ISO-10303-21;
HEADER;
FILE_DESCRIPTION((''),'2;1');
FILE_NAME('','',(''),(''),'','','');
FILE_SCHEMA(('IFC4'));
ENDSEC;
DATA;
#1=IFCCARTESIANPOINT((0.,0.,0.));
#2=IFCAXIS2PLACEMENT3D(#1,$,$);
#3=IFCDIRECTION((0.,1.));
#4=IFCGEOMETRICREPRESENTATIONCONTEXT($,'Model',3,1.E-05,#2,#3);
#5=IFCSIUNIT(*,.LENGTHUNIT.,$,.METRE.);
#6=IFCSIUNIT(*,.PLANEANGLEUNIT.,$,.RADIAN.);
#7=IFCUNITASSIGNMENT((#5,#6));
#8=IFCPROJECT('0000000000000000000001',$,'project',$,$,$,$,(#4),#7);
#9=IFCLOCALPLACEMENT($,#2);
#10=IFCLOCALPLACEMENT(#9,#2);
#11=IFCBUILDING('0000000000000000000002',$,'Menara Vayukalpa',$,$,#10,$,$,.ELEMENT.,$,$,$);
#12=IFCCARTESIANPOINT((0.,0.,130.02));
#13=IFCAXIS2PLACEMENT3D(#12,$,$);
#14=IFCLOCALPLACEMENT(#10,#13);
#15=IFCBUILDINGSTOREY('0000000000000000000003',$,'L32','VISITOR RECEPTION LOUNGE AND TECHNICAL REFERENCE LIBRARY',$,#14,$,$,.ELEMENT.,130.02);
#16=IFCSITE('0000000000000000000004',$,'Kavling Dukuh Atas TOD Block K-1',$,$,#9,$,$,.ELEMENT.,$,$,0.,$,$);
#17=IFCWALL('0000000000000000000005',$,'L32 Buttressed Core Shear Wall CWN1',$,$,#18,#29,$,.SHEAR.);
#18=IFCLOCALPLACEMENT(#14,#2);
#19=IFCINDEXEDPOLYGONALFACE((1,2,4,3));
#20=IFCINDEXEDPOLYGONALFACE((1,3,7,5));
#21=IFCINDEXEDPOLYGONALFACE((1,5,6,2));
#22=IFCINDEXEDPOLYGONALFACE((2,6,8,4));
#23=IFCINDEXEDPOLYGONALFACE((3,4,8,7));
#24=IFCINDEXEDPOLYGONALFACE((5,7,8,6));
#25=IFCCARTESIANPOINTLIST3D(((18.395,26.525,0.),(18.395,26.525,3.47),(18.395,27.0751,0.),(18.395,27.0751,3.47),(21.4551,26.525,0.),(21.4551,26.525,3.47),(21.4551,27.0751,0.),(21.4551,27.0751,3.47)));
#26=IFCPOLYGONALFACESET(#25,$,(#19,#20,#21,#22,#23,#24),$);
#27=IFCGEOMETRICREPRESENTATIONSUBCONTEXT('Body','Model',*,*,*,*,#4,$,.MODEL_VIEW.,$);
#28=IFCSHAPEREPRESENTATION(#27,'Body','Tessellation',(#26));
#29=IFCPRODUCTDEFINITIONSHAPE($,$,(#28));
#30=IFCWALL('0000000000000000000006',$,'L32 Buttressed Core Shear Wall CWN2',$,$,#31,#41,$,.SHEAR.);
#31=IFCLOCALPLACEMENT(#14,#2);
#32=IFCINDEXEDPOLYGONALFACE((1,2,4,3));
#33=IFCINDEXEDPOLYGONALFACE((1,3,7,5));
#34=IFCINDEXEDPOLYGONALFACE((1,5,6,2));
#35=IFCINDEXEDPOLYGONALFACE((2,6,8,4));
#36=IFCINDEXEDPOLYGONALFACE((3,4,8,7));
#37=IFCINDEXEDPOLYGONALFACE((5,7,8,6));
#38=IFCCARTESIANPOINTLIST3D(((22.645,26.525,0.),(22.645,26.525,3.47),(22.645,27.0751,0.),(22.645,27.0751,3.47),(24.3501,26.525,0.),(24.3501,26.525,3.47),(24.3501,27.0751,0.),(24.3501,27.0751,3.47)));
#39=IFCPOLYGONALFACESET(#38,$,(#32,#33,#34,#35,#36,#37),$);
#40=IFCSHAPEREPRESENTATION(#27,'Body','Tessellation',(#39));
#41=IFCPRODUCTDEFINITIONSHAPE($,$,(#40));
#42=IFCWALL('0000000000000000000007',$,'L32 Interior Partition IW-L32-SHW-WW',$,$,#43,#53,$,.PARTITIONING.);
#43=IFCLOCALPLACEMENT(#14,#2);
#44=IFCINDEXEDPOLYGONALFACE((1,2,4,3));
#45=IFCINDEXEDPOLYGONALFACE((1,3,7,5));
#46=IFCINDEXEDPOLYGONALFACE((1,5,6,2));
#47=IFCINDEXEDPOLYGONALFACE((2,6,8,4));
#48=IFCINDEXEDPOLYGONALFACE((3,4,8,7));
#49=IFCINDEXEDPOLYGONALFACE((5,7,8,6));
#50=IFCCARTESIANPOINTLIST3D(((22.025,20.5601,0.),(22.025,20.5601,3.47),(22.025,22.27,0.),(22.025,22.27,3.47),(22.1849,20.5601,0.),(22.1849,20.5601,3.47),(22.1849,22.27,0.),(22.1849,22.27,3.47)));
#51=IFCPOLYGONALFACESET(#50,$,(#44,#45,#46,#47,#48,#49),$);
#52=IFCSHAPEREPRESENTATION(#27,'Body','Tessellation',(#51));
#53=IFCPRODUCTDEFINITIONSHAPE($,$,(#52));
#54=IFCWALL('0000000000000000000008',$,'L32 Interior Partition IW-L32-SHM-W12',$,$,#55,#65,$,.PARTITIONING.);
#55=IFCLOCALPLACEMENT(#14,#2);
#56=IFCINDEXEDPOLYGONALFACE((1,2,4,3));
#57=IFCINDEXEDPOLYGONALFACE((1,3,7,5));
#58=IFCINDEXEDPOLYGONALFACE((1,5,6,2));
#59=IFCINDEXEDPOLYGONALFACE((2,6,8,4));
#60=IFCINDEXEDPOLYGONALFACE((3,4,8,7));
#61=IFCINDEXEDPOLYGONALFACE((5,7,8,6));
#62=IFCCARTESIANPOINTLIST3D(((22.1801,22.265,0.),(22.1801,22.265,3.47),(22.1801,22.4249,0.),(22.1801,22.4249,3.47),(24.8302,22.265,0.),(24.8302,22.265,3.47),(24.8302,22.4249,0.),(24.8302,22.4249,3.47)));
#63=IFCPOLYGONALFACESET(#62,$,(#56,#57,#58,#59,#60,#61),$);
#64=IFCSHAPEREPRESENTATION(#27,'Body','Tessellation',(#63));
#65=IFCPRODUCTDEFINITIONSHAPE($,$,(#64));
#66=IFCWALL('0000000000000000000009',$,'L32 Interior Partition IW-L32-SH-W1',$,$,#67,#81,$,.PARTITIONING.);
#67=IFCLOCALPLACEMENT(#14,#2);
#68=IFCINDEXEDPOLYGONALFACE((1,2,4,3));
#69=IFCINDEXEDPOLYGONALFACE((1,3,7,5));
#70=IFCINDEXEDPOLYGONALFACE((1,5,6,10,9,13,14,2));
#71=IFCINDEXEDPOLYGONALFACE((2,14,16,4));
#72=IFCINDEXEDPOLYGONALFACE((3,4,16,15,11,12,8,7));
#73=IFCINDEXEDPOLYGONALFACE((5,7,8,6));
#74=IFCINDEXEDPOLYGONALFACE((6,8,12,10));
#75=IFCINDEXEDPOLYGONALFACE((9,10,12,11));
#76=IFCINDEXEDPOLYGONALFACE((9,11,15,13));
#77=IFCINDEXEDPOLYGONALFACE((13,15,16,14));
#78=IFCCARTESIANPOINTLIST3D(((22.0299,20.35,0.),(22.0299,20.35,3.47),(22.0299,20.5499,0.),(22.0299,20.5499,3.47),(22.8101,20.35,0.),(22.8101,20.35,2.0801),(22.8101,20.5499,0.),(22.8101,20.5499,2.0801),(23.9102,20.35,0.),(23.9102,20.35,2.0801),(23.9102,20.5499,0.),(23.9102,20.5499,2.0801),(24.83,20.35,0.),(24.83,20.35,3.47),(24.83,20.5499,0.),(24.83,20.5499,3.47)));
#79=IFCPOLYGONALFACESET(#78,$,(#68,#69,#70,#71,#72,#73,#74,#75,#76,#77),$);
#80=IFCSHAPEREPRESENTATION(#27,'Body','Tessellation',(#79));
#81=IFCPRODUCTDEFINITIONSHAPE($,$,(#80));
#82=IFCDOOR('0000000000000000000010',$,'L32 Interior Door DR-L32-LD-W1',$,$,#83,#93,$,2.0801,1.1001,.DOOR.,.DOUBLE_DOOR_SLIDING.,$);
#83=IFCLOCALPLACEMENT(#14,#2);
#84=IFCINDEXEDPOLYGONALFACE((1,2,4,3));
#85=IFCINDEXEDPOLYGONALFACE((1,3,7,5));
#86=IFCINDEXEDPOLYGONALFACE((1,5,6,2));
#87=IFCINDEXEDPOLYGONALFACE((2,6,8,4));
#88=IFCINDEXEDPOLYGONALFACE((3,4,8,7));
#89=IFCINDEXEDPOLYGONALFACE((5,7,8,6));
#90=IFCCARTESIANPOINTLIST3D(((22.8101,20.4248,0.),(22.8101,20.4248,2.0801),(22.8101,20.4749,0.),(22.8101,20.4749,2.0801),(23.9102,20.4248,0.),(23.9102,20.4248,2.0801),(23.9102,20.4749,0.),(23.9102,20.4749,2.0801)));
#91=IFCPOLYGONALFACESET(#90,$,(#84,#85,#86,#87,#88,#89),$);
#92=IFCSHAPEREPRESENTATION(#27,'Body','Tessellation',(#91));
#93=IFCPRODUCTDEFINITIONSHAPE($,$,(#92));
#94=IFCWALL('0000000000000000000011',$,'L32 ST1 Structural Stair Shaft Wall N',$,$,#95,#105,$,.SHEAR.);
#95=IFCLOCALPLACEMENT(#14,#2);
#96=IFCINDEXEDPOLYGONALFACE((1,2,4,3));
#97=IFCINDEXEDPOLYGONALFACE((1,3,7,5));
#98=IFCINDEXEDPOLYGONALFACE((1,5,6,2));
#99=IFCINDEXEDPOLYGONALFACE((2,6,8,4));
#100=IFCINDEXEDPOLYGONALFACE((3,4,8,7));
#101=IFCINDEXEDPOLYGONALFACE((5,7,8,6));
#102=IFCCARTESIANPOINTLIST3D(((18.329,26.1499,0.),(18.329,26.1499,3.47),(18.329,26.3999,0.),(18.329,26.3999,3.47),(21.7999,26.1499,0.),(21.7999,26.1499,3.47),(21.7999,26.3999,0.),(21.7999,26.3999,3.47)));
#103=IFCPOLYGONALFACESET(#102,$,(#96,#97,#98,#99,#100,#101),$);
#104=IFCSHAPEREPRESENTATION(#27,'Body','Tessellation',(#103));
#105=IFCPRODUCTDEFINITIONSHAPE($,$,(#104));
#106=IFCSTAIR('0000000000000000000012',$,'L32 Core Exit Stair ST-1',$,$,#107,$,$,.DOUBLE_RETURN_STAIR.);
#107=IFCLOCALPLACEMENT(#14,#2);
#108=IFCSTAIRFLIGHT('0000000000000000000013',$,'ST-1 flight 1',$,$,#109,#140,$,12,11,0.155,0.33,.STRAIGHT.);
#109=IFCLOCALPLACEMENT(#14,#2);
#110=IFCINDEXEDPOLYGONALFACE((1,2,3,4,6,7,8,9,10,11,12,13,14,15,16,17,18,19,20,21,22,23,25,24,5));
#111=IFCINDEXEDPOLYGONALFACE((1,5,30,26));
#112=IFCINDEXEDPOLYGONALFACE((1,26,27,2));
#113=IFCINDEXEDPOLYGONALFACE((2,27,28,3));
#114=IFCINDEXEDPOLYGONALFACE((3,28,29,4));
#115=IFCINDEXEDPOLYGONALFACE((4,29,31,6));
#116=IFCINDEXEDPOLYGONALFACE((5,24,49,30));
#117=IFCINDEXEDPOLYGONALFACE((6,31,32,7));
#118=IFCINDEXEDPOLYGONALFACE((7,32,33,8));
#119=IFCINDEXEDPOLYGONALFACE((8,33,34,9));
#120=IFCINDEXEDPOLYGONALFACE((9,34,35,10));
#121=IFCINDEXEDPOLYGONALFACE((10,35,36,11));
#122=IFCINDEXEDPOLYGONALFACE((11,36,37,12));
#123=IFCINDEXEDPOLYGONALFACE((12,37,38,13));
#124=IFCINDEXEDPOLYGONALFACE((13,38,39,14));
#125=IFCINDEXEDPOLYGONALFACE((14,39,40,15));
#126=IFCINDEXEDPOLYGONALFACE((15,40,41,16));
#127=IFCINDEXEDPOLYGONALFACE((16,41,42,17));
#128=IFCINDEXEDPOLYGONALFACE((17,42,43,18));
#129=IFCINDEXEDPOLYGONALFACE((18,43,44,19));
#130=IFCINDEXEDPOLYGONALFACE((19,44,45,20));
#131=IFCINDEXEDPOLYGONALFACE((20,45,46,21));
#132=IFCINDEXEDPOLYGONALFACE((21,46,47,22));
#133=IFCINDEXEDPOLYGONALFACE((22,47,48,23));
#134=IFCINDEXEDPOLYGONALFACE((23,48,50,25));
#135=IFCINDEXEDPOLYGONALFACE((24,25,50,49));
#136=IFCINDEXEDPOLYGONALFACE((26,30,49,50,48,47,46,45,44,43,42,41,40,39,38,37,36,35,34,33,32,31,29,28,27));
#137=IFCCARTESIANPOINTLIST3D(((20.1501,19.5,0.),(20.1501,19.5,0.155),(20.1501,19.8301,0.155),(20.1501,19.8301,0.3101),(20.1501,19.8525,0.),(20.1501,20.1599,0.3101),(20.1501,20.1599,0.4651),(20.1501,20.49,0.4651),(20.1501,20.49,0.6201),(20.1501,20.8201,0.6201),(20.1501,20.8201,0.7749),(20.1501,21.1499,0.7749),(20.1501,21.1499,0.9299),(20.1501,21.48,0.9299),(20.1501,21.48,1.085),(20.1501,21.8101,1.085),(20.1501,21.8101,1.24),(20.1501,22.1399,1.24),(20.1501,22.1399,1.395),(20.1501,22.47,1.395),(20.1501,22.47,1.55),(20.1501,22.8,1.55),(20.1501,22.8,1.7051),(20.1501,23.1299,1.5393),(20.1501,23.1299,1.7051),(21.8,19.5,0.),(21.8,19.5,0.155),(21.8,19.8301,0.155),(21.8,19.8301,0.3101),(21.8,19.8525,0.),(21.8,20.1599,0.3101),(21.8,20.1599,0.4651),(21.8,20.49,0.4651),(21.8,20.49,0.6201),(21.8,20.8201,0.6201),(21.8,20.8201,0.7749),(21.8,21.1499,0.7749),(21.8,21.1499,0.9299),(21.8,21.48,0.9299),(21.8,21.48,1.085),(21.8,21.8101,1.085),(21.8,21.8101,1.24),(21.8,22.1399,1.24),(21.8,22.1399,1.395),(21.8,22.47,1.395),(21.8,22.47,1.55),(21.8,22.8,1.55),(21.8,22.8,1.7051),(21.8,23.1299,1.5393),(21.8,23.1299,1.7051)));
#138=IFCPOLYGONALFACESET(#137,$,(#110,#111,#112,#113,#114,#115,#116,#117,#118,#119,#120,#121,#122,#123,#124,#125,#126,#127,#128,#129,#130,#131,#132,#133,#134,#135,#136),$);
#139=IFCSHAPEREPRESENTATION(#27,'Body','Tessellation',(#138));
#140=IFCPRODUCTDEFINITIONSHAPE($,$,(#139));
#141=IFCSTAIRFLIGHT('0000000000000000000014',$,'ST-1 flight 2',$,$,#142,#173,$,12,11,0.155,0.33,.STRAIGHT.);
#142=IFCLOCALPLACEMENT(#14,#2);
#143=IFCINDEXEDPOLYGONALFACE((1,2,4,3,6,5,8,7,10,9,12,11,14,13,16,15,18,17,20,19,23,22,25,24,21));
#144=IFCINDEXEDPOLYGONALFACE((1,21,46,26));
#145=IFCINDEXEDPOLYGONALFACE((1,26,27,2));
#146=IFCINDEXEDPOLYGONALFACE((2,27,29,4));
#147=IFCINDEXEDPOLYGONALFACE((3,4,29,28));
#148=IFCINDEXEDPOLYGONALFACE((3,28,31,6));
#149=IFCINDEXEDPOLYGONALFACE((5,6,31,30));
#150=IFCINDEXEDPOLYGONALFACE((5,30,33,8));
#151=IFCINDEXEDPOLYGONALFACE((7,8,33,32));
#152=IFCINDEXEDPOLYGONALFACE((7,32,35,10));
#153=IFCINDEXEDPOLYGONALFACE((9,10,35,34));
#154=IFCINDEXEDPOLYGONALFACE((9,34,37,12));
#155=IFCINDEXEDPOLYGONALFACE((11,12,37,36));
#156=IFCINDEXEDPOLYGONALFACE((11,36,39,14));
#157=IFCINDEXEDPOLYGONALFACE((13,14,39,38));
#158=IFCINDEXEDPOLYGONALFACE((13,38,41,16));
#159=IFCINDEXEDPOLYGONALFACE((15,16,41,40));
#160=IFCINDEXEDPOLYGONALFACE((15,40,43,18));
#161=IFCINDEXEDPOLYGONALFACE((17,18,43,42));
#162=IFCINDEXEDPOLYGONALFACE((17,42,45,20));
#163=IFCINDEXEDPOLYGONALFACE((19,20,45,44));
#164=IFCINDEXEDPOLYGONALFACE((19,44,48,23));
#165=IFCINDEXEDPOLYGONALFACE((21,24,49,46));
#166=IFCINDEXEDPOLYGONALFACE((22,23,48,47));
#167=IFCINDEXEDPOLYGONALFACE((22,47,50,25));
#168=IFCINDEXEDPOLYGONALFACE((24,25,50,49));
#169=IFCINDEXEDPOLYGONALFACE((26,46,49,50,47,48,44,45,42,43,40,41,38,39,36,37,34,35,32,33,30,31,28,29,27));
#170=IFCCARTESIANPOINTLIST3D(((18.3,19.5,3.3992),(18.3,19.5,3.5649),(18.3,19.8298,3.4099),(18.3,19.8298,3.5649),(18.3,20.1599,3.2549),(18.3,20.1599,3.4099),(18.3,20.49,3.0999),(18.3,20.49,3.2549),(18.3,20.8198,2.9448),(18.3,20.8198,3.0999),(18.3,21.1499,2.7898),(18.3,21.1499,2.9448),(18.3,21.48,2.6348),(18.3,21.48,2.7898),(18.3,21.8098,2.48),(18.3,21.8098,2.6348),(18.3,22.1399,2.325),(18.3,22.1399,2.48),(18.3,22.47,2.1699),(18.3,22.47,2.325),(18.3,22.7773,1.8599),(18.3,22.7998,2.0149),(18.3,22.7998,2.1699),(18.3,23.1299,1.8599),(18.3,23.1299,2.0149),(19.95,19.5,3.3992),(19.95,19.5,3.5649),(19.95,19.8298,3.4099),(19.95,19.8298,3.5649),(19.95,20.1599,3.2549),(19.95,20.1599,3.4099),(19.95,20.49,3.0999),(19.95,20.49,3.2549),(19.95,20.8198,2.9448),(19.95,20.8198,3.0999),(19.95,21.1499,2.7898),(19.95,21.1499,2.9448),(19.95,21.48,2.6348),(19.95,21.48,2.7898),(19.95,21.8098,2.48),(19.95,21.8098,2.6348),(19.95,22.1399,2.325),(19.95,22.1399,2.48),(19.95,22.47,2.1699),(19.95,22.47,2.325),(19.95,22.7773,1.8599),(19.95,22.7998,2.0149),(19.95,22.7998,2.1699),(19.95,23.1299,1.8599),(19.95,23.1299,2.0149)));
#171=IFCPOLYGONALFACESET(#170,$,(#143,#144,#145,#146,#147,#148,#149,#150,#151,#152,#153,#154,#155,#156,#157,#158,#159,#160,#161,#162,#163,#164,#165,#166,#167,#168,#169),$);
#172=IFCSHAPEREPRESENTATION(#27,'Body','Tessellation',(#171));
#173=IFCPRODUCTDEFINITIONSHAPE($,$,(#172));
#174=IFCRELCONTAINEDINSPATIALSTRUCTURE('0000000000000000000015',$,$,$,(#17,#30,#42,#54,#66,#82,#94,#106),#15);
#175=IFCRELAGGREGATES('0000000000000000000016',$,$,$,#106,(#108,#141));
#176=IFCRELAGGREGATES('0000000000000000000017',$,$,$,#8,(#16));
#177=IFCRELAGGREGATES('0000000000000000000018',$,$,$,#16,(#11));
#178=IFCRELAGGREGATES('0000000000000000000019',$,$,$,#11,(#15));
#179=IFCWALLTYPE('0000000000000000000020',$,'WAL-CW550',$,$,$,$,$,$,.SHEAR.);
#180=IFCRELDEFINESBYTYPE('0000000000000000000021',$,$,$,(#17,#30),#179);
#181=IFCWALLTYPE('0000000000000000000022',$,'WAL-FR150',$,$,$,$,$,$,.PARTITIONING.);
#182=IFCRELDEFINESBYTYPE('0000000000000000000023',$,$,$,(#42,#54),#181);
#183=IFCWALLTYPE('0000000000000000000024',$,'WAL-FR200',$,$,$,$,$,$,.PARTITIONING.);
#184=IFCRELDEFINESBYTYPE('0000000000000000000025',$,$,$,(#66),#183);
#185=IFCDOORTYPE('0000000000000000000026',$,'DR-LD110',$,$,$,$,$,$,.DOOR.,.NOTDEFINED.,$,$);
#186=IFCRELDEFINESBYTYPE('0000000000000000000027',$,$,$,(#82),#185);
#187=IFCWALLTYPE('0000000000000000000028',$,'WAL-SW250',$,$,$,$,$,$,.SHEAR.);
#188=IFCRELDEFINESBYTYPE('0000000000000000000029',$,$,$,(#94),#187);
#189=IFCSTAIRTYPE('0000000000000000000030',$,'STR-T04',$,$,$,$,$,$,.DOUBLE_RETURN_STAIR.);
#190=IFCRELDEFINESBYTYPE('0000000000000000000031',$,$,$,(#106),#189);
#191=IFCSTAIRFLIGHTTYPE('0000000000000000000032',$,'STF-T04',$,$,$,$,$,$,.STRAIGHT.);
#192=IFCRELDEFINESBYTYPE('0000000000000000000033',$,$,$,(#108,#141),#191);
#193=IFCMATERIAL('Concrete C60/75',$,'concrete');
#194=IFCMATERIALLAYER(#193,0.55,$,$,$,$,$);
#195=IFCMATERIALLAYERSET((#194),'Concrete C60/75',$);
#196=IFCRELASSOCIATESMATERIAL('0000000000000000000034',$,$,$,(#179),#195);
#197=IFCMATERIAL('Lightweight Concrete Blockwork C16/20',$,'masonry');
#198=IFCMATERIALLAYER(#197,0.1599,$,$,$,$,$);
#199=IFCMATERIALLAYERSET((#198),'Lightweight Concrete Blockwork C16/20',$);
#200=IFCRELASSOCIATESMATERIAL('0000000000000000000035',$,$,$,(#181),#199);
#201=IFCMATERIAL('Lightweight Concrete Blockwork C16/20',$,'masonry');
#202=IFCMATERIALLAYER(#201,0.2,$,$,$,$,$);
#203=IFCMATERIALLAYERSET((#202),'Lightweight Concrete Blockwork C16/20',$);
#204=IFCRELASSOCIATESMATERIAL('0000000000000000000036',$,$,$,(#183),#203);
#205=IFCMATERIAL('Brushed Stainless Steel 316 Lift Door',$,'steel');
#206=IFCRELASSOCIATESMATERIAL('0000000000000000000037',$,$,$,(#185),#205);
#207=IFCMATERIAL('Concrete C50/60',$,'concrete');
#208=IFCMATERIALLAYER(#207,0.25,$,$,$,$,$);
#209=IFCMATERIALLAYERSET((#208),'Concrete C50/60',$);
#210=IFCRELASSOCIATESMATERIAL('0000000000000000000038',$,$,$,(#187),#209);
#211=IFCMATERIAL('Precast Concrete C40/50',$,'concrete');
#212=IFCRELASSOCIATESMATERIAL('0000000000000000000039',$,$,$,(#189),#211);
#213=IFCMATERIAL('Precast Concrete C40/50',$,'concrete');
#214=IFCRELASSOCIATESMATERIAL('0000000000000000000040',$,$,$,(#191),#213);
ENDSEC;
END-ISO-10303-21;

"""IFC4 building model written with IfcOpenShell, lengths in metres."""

from ifc_helpers import new_model, si_unit, direction, frame, frame_2d, origin, place, context, subcontext, project, spatial, polyline, rectangle, outline, extrude, material, layer, layer_set, type_object, element, fill, aggregate, save


model = new_model("IFC4")

# Units and contexts
model_context = context("Model", 3, precision=1e-05, world=origin(), true_north=direction((0.0, 1.0)))
body_context = subcontext(model_context, "Body", "Model", "MODEL_VIEW")
ifc_project = project(units=[si_unit("LENGTHUNIT", "METRE"), si_unit("PLANEANGLEUNIT", "RADIAN")], contexts=[model_context])

# Site, building, storey
site_placement = place(None, origin())
site = spatial("IfcSite", under=ifc_project, at=site_placement, Name="Kavling Dukuh Atas TOD Block K-1", CompositionType="ELEMENT", RefElevation=0.0)
building_placement = place(site_placement, origin())
building = spatial("IfcBuilding", under=site, at=building_placement, Name="Menara Vayukalpa", CompositionType="ELEMENT")
storey_placement = place(building_placement, frame((0.0, 0.0, 130.02)))
storey = spatial("IfcBuildingStorey", under=building, at=storey_placement, Name="L32", Description="VISITOR RECEPTION LOUNGE AND TECHNICAL REFERENCE LIBRARY", CompositionType="ELEMENT", Elevation=130.02)

# Walls
ifc_material_1 = material(Name="Concrete C60/75", Category="concrete")
ifc_layer_1 = layer(ifc_material_1, 0.55)
ifc_layer_set_1 = layer_set([ifc_layer_1], Name="Concrete C60/75")
wall_type_1 = type_object("IfcWallType", Name="WAL-CW550", PredefinedType="SHEAR", material=ifc_layer_set_1)
wall_1_placement = place(storey_placement, frame((18.395, 26.8, 0.0), z_axis=(0.0, 0.0, 1.0), x_axis=(1.0, 0.0, 0.0)))
element("IfcWall", 1, at=wall_1_placement, inside=storey, type_object=wall_type_1, Name="L32 Buttressed Core Shear Wall CWN1", PredefinedType="SHEAR", context=body_context, shape_type="SweptSolid", body=[
    extrude(rectangle(XDim=3.0601, YDim=0.55, at=frame_2d((1.53, 0.0))), origin(), (0.0, 0.0, 1.0), 3.47),
])
wall_2_placement = place(storey_placement, frame((22.645, 26.8, 0.0), z_axis=(0.0, 0.0, 1.0), x_axis=(1.0, 0.0, 0.0)))
element("IfcWall", 2, at=wall_2_placement, inside=storey, type_object=wall_type_1, Name="L32 Buttressed Core Shear Wall CWN2", PredefinedType="SHEAR", context=body_context, shape_type="SweptSolid", body=[
    extrude(rectangle(XDim=1.7051, YDim=0.55, at=frame_2d((0.8525, 0.0))), origin(), (0.0, 0.0, 1.0), 3.47),
])
ifc_material_2 = material(Name="Lightweight Concrete Blockwork C16/20", Category="masonry")
ifc_layer_2 = layer(ifc_material_2, 0.1599)
ifc_layer_set_2 = layer_set([ifc_layer_2], Name="Lightweight Concrete Blockwork C16/20")
wall_type_2 = type_object("IfcWallType", Name="WAL-FR150", PredefinedType="PARTITIONING", material=ifc_layer_set_2)
wall_3_placement = place(storey_placement, frame((22.105, 20.5601, 0.0), z_axis=(0.0, 0.0, 1.0), x_axis=(0.0, 1.0, 0.0)))
element("IfcWall", 3, at=wall_3_placement, inside=storey, type_object=wall_type_2, Name="L32 Interior Partition IW-L32-SHW-WW", PredefinedType="PARTITIONING", context=body_context, shape_type="SweptSolid", body=[
    extrude(rectangle(XDim=1.71, YDim=0.1599, at=frame_2d((0.855, 0.0))), origin(), (0.0, 0.0, 1.0), 3.47),
])
wall_4_placement = place(storey_placement, frame((22.1799, 22.345, 0.0), z_axis=(0.0, 0.0, 1.0), x_axis=(1.0, 0.0, 0.0)))
element("IfcWall", 4, at=wall_4_placement, inside=storey, type_object=wall_type_2, Name="L32 Interior Partition IW-L32-SHM-W12", PredefinedType="PARTITIONING", context=body_context, shape_type="SweptSolid", body=[
    extrude(rectangle(XDim=2.6501, YDim=0.1599, at=frame_2d((1.3252, 0.0))), origin(), (0.0, 0.0, 1.0), 3.47),
])

# Wall, opening, door
ifc_material_3 = material(Name="Lightweight Concrete Blockwork C16/20", Category="masonry")
ifc_layer_3 = layer(ifc_material_3, 0.2)
ifc_layer_set_3 = layer_set([ifc_layer_3], Name="Lightweight Concrete Blockwork C16/20")
wall_type_3 = type_object("IfcWallType", Name="WAL-FR200", PredefinedType="PARTITIONING", material=ifc_layer_set_3)
wall_5_placement = place(storey_placement, frame((22.03, 20.45, 0.0), z_axis=(0.0, 0.0, 1.0), x_axis=(1.0, 0.0, 0.0)))
wall_5 = element("IfcWall", 5, at=wall_5_placement, inside=storey, type_object=wall_type_3, Name="L32 Interior Partition IW-L32-SH-W1", PredefinedType="PARTITIONING", context=body_context, shape_type="SweptSolid", body=[
    extrude(rectangle(XDim=2.8, YDim=0.2, at=frame_2d((1.3999, 0.0))), origin(), (0.0, 0.0, 1.0), 3.47),
])
opening_placement = place(wall_5_placement, frame((0.78, 0.0, 0.0)))
opening = element("IfcOpeningElement", 6, at=opening_placement, cuts=wall_5, PredefinedType="OPENING", context=body_context, shape_type="SweptSolid", body=[
    extrude(rectangle(XDim=1.1001, YDim=2.0801, at=frame_2d((0.55, 1.04))), frame((0.0, 0.1099, 0.0), z_axis=(0.0, -1.0, 0.0), x_axis=(1.0, 0.0, 0.0)), (0.0, 0.0, 1.0), 0.22),
])
ifc_material_4 = material(Name="Brushed Stainless Steel 316 Lift Door", Category="steel")
door_type = type_object("IfcDoorType", Name="DR-LD110", OperationType="NOTDEFINED", PredefinedType="DOOR", material=ifc_material_4)
door_placement = place(opening_placement, origin())
door = element("IfcDoor", 7, at=door_placement, inside=storey, type_object=door_type, Name="L32 Interior Door DR-L32-LD-W1", OperationType="DOUBLE_DOOR_SLIDING", OverallHeight=2.0801, OverallWidth=1.1001, PredefinedType="DOOR", context=body_context, shape_type="SweptSolid", body=[
    extrude(rectangle(XDim=1.1001, YDim=2.0801, at=frame_2d((0.55, 1.04))), frame((0.0, 0.0249, 0.0), z_axis=(0.0, -1.0, 0.0), x_axis=(1.0, 0.0, 0.0)), (0.0, 0.0, 1.0), 0.05),
])
fill(opening, door)

# Wall
ifc_material_5 = material(Name="Concrete C50/60", Category="concrete")
ifc_layer_4 = layer(ifc_material_5, 0.25)
ifc_layer_set_4 = layer_set([ifc_layer_4], Name="Concrete C50/60")
wall_type_4 = type_object("IfcWallType", Name="WAL-SW250", PredefinedType="SHEAR", material=ifc_layer_set_4)
wall_6_placement = place(storey_placement, frame((18.3291, 26.2749, 0.0), z_axis=(0.0, 0.0, 1.0), x_axis=(1.0, 0.0, 0.0)))
element("IfcWall", 8, at=wall_6_placement, inside=storey, type_object=wall_type_4, Name="L32 ST1 Structural Stair Shaft Wall N", PredefinedType="SHEAR", context=body_context, shape_type="SweptSolid", body=[
    extrude(rectangle(XDim=3.4709, YDim=0.25, at=frame_2d((1.7354, 0.0))), origin(), (0.0, 0.0, 1.0), 3.47),
])

# Stair, stair flights
ifc_material_6 = material(Name="Precast Concrete C40/50", Category="concrete")
stair_type = type_object("IfcStairType", Name="STR-T04", PredefinedType="DOUBLE_RETURN_STAIR", material=ifc_material_6)
stair_placement = place(storey_placement, origin())
stair = element("IfcStair", 9, at=stair_placement, inside=storey, type_object=stair_type, Name="L32 Core Exit Stair ST-1", PredefinedType="DOUBLE_RETURN_STAIR")
ifc_material_7 = material(Name="Precast Concrete C40/50", Category="concrete")
stair_flight_type = type_object("IfcStairFlightType", Name="STF-T04", PredefinedType="STRAIGHT", material=ifc_material_7)
stair_flight_1_placement = place(storey_placement, frame((20.9751, 19.5, 0.0), z_axis=(0.0, 0.0, 1.0), x_axis=(0.0, 1.0, 0.0)))
stair_flight_1 = element("IfcStairFlight", 10, at=stair_flight_1_placement, type_object=stair_flight_type, Name="ST-1 flight 1", NumberOfRisers=12, NumberOfTreads=11, PredefinedType="STRAIGHT", RiserHeight=0.155, TreadLength=0.33, context=body_context, shape_type="SweptSolid", body=[
    extrude(outline(polyline([(0.0, 0.0), (0.0, 0.155), (0.3301, 0.155), (0.3301, 0.3101), (0.6599, 0.3101), (0.6599, 0.4651), (0.99, 0.4651), (0.99, 0.6201), (1.3201, 0.6201), (1.3201, 0.7749), (1.6499, 0.7749), (1.6499, 0.9299), (1.98, 0.9299), (1.98, 1.085), (2.3101, 1.085), (2.3101, 1.24), (2.6399, 1.24), (2.6399, 1.395), (2.97, 1.395), (2.97, 1.55), (3.3, 1.55), (3.3, 1.7051), (3.6299, 1.7051), (3.6299, 1.8601), (3.6299, 1.5393), (0.3525, 0.0), (0.0, 0.0)])), frame((0.0, 0.825, 0.0), z_axis=(0.0, -1.0, 0.0), x_axis=(1.0, 0.0, 0.0)), (0.0, 0.0, 1.0), 1.6499),
])
stair_flight_2_placement = place(storey_placement, frame((19.125, 23.1299, 1.8599), z_axis=(0.0, 0.0, 1.0), x_axis=(0.0, -1.0, 0.0)))
stair_flight_2 = element("IfcStairFlight", 11, at=stair_flight_2_placement, type_object=stair_flight_type, Name="ST-1 flight 2", NumberOfRisers=12, NumberOfTreads=11, PredefinedType="STRAIGHT", RiserHeight=0.155, TreadLength=0.33, context=body_context, shape_type="SweptSolid", body=[
    extrude(outline(polyline([(0.0, 0.0), (0.0, 0.155), (0.3301, 0.155), (0.3301, 0.3101), (0.6599, 0.3101), (0.6599, 0.4651), (0.99, 0.4651), (0.99, 0.6201), (1.3201, 0.6201), (1.3201, 0.7749), (1.6499, 0.7749), (1.6499, 0.9299), (1.98, 0.9299), (1.98, 1.085), (2.3101, 1.085), (2.3101, 1.24), (2.6399, 1.24), (2.6399, 1.395), (2.97, 1.395), (2.97, 1.55), (3.3, 1.55), (3.3, 1.7051), (3.6299, 1.7051), (3.6299, 1.8601), (3.6299, 1.5393), (0.3525, 0.0), (0.0, 0.0)])), frame((0.0, 0.825, 0.0), z_axis=(0.0, -1.0, 0.0), x_axis=(1.0, 0.0, 0.0)), (0.0, 0.0, 1.0), 1.6499),
])
aggregate(stair, [stair_flight_1, stair_flight_2])

save(model, "model.ifc")
